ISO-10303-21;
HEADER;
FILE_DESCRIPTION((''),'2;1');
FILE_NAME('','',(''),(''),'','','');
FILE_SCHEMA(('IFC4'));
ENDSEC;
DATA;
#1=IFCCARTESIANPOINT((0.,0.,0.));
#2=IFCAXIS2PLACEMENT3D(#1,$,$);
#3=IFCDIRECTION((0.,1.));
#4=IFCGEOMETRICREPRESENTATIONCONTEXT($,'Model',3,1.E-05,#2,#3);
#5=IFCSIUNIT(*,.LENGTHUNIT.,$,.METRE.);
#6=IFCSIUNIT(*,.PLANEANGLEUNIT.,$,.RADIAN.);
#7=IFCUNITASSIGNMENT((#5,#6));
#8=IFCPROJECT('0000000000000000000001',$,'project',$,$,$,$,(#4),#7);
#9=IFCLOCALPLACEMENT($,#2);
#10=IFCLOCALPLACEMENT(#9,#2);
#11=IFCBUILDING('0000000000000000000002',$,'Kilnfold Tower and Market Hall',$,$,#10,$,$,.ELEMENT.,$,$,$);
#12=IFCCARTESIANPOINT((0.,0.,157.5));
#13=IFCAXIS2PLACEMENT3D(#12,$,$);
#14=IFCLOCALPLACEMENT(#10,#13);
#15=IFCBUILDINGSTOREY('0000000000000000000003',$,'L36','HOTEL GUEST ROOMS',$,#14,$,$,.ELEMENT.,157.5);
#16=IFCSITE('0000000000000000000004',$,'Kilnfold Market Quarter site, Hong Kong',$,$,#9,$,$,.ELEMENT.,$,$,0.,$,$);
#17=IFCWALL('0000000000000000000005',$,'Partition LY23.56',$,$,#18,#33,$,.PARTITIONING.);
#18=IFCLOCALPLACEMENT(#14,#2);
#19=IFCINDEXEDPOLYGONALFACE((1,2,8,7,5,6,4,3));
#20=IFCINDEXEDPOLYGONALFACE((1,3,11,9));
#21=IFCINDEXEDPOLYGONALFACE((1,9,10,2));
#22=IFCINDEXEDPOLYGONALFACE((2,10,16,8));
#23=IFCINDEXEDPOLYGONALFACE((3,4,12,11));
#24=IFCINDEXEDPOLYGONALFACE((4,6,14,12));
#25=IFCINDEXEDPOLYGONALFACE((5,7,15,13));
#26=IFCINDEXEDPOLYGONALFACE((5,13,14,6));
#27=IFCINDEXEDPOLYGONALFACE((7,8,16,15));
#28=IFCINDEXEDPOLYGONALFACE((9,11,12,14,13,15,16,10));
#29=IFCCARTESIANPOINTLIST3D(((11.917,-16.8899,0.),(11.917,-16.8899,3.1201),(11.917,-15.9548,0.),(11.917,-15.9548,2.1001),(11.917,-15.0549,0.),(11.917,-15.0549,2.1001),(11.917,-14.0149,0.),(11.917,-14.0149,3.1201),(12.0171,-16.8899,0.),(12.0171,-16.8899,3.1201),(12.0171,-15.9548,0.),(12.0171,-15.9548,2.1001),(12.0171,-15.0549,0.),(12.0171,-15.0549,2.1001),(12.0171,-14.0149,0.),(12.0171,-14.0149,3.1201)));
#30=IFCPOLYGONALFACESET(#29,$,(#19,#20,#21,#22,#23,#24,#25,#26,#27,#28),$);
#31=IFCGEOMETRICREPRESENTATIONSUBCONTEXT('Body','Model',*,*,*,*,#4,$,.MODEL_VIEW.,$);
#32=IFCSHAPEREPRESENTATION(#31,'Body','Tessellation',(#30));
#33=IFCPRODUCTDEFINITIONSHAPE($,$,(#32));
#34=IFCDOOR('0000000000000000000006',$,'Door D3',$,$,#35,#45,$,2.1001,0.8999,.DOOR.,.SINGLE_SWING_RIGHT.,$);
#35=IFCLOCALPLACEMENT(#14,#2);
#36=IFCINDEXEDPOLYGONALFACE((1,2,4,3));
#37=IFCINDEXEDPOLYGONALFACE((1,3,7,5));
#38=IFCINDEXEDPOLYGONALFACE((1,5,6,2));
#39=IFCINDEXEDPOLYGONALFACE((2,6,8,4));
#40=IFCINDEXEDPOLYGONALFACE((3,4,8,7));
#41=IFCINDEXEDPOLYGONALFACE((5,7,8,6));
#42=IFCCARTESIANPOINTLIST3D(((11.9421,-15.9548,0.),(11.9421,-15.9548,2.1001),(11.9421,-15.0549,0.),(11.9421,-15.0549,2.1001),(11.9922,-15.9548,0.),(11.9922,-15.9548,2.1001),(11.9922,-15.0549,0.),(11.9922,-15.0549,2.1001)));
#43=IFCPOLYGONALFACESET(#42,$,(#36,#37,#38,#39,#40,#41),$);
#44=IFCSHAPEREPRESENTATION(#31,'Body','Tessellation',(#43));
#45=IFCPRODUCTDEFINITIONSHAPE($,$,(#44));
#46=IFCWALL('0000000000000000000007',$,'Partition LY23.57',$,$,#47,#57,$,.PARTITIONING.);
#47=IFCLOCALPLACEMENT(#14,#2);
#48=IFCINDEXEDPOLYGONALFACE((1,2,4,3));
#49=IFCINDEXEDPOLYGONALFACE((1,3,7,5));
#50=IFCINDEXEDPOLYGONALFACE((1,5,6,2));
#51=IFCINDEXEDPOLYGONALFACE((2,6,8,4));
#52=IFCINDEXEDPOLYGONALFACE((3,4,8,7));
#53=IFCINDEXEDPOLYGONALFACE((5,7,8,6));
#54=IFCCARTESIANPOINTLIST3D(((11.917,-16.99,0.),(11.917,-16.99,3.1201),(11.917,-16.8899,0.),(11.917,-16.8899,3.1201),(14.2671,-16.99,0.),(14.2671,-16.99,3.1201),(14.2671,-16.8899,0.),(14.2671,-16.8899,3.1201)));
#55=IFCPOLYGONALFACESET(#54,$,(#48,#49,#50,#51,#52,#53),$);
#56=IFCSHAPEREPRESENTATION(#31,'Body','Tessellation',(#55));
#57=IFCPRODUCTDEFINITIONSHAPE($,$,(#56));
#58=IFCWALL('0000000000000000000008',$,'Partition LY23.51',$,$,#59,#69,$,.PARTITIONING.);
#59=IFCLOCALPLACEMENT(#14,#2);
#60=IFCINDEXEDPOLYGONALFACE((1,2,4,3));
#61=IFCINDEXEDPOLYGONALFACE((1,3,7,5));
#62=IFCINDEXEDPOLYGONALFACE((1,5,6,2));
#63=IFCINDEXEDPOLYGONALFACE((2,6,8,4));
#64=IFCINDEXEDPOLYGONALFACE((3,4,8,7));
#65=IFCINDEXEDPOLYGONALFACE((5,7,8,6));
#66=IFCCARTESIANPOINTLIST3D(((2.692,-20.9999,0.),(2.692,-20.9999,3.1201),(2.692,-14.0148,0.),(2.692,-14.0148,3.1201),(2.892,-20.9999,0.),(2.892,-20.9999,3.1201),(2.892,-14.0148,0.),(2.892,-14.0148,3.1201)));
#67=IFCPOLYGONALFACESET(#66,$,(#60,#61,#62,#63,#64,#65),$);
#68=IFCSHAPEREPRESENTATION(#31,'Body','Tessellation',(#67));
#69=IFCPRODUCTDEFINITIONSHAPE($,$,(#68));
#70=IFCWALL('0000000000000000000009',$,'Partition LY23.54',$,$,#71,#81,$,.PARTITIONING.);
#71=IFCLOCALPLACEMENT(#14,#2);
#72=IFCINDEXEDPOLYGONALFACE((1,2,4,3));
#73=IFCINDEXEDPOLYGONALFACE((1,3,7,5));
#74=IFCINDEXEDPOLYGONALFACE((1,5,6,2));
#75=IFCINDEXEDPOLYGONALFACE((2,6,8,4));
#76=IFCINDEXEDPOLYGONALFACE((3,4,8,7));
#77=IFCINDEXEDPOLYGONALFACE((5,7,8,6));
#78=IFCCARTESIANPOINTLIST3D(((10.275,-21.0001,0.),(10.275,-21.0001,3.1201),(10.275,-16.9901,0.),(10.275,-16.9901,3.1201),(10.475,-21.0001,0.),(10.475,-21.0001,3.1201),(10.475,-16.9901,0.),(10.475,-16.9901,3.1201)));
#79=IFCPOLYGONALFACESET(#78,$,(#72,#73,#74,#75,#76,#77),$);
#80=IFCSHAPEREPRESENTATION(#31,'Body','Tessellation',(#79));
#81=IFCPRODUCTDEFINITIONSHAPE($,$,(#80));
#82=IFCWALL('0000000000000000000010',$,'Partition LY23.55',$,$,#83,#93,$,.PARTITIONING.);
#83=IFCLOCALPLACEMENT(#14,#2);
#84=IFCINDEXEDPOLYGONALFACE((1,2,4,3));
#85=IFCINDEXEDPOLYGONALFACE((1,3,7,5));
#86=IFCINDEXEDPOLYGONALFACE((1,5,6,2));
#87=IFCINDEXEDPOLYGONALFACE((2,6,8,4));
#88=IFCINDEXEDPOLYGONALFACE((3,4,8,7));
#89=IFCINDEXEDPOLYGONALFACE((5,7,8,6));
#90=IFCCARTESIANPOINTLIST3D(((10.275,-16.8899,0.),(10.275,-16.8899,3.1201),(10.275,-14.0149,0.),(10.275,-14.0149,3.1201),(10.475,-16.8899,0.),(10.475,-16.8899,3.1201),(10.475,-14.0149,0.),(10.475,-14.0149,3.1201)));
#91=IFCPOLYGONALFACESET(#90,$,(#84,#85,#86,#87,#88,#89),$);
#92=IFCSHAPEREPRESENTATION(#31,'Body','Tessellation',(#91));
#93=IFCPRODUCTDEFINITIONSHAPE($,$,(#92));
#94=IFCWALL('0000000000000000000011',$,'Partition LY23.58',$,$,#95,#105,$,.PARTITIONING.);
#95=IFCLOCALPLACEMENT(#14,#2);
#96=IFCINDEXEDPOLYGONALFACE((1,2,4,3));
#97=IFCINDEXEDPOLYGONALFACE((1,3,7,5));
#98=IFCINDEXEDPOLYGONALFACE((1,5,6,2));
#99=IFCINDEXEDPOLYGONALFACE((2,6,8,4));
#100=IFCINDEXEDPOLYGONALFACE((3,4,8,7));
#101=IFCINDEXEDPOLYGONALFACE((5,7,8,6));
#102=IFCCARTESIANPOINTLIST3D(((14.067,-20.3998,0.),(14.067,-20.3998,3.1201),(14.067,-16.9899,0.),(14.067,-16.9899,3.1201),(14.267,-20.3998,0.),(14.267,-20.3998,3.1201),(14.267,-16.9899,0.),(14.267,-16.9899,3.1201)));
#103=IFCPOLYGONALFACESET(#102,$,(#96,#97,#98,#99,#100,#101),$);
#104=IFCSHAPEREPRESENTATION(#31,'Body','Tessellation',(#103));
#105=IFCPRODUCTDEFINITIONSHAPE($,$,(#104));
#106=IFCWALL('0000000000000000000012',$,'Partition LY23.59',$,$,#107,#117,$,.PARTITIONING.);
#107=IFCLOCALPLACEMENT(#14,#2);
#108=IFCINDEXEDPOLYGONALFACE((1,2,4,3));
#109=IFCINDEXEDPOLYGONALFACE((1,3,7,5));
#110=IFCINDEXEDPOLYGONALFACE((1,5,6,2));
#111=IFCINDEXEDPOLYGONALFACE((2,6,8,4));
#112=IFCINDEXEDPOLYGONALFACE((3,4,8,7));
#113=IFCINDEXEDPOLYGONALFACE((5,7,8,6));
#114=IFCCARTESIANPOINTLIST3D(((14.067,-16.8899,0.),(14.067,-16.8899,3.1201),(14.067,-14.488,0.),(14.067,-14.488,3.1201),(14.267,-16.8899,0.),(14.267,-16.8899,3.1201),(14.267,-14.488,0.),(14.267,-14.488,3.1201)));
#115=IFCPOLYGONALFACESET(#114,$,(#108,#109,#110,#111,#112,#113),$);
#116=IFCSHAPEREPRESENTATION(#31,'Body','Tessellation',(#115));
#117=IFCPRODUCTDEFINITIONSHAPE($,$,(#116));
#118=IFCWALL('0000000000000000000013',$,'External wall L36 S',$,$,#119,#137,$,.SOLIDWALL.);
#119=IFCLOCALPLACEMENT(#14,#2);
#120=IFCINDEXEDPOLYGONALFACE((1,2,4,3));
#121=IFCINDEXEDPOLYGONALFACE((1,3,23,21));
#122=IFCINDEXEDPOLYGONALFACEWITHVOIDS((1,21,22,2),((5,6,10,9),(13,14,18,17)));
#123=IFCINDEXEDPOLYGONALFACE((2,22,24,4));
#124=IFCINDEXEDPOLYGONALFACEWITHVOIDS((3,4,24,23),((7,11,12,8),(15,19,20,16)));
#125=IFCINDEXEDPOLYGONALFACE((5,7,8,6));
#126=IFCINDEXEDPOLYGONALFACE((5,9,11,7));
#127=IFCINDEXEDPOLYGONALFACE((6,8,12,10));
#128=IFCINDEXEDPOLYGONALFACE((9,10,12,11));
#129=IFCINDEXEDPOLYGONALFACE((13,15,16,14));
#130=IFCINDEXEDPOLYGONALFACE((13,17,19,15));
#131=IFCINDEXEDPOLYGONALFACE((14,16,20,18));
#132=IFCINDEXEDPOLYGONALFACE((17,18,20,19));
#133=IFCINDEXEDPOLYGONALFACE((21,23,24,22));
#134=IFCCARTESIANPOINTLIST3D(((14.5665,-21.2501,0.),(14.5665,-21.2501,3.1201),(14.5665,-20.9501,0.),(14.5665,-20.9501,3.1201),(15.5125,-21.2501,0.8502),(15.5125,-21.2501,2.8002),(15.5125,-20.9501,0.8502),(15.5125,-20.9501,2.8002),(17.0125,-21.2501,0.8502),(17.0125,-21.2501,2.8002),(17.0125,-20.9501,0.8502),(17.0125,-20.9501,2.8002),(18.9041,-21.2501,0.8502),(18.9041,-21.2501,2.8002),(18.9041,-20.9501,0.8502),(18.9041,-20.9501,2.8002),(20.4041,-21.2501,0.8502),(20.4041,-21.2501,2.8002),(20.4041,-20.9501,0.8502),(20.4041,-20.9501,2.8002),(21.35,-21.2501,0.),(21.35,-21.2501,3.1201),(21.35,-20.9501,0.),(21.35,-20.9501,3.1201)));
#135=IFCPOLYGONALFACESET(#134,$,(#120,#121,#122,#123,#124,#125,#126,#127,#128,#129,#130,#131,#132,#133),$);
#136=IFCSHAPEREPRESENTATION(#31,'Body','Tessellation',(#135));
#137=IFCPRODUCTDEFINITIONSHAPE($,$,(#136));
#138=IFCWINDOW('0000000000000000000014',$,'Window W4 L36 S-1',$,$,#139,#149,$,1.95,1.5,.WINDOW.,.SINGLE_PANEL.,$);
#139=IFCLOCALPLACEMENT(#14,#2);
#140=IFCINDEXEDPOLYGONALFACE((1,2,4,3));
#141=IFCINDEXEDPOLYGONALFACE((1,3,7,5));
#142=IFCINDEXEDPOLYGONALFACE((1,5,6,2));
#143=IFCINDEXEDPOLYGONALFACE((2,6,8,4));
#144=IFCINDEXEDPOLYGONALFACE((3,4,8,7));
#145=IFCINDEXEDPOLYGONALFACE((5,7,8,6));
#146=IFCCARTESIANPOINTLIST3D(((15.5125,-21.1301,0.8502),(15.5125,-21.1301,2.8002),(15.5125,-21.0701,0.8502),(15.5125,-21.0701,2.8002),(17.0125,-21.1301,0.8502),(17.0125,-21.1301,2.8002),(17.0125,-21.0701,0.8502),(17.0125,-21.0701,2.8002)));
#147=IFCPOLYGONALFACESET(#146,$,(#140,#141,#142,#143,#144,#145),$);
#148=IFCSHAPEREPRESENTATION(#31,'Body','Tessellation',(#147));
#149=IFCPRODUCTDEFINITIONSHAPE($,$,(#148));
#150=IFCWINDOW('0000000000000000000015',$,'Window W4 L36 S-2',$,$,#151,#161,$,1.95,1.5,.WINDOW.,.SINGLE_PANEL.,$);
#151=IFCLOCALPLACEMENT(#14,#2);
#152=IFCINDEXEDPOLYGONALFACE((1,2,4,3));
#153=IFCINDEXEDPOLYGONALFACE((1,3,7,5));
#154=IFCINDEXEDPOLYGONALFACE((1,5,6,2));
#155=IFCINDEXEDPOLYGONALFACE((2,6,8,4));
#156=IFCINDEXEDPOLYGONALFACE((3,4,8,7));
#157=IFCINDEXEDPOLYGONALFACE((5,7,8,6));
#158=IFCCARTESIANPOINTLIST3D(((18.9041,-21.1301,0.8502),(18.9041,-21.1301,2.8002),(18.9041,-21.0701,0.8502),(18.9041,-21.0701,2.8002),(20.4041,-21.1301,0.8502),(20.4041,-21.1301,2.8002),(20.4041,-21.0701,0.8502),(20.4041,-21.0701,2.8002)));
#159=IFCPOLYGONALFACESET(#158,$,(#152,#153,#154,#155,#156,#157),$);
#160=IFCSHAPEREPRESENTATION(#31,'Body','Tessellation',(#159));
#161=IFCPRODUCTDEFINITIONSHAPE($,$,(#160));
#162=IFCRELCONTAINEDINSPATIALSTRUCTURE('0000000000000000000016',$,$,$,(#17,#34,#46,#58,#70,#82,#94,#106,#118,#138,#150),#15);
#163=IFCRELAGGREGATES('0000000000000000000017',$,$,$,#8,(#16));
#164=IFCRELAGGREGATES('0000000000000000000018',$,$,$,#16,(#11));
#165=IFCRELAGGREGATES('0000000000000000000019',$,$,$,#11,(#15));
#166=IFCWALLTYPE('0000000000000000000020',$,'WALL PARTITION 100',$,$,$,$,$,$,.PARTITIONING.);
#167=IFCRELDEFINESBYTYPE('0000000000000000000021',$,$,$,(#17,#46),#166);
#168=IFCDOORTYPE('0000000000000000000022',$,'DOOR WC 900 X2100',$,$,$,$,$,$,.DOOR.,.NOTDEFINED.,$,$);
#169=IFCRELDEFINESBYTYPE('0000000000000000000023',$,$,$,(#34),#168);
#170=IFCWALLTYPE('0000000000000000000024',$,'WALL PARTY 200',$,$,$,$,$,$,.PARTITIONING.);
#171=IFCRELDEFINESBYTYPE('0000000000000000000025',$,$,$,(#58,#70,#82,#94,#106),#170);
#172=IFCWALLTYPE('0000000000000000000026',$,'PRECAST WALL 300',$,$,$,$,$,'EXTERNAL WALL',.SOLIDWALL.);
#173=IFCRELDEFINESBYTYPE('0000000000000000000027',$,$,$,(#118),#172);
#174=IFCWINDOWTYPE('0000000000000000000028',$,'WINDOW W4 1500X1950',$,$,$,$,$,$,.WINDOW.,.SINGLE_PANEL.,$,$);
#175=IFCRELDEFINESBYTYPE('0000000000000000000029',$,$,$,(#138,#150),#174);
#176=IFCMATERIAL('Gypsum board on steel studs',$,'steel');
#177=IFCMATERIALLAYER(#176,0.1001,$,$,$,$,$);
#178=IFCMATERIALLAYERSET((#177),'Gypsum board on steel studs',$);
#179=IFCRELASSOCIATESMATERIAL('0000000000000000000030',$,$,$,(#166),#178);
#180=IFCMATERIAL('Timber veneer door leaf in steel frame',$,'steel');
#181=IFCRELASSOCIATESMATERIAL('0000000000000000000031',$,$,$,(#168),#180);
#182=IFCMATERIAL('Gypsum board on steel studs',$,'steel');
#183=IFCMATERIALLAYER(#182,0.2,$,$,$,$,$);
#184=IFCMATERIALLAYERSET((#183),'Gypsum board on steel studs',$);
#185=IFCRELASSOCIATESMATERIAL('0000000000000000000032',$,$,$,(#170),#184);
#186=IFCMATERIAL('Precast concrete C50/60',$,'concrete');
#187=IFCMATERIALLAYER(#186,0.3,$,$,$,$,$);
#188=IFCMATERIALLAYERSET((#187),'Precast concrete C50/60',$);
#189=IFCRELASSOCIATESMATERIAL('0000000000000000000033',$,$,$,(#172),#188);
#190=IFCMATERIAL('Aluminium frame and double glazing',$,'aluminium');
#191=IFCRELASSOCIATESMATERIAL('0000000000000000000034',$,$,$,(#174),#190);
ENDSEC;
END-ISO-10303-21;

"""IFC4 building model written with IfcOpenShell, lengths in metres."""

from ifc_helpers import new_model, si_unit, direction, frame, frame_2d, origin, place, context, subcontext, project, spatial, rectangle, extrude, source, transform, mapped, material, layer, layer_set, type_object, element, fill, save


model = new_model("IFC4")

# Units and contexts
model_context = context("Model", 3, precision=1e-05, world=origin(), true_north=direction((0.0, 1.0)))
body_context = subcontext(model_context, "Body", "Model", "MODEL_VIEW")
ifc_project = project(units=[si_unit("LENGTHUNIT", "METRE"), si_unit("PLANEANGLEUNIT", "RADIAN")], contexts=[model_context])

# Site, building, storey
site_placement = place(None, origin())
site = spatial("IfcSite", under=ifc_project, at=site_placement, Name="Kilnfold Market Quarter site, Hong Kong", CompositionType="ELEMENT", RefElevation=0.0)
building_placement = place(site_placement, origin())
building = spatial("IfcBuilding", under=site, at=building_placement, Name="Kilnfold Tower and Market Hall", CompositionType="ELEMENT")
storey_placement = place(building_placement, frame((0.0, 0.0, 157.5)))
storey = spatial("IfcBuildingStorey", under=building, at=storey_placement, Name="L36", Description="HOTEL GUEST ROOMS", CompositionType="ELEMENT", Elevation=157.5)

# Shared definitions
ifc_material_1 = material(Name="Gypsum board on steel studs", Category="steel")
ifc_layer_1 = layer(ifc_material_1, 0.1001)
ifc_layer_set_1 = layer_set([ifc_layer_1], Name="Gypsum board on steel studs")
wall_type_1 = type_object("IfcWallType", Name="WALL PARTITION 100", PredefinedType="PARTITIONING", material=ifc_layer_set_1)
ifc_material_2 = material(Name="Timber veneer door leaf in steel frame", Category="steel")
door_type_1 = type_object("IfcDoorType", Name="DOOR WC 900 X2100", OperationType="NOTDEFINED", PredefinedType="DOOR", material=ifc_material_2)

# Wall, opening, door
wall_1_placement = place(storey_placement, frame((11.967, -16.8899, 0.0), z_axis=(0.0, 0.0, 1.0), x_axis=(0.0, 1.0, 0.0)))
wall_1 = element("IfcWall", 1, at=wall_1_placement, inside=storey, type_object=wall_type_1, Name="Partition LY23.56", PredefinedType="PARTITIONING", context=body_context, shape_type="SweptSolid", body=[
    extrude(rectangle(XDim=2.875, YDim=0.1001, at=frame_2d((1.4375, 0.0))), origin(), (0.0, 0.0, 1.0), 3.1201),
])
opening_1_placement = place(wall_1_placement, frame((0.9351, 0.0, 0.0)))
opening_1 = element("IfcOpeningElement", 2, at=opening_1_placement, cuts=wall_1, PredefinedType="OPENING", context=body_context, shape_type="SweptSolid", body=[
    extrude(rectangle(XDim=0.8999, YDim=2.1001, at=frame_2d((0.45, 1.05))), frame((0.0, 0.0601, 0.0), z_axis=(0.0, -1.0, 0.0), x_axis=(1.0, 0.0, 0.0)), (0.0, 0.0, 1.0), 0.1201),
])
door_1_placement = place(opening_1_placement, origin())
door_1 = element("IfcDoor", 3, at=door_1_placement, inside=storey, type_object=door_type_1, Name="Door D3", OperationType="SINGLE_SWING_RIGHT", OverallHeight=2.1001, OverallWidth=0.8999, PredefinedType="DOOR", context=body_context, shape_type="SweptSolid", body=[
    extrude(rectangle(XDim=0.8999, YDim=2.1001, at=frame_2d((0.45, 1.05))), frame((0.0, 0.0249, 0.0), z_axis=(0.0, -1.0, 0.0), x_axis=(1.0, 0.0, 0.0)), (0.0, 0.0, 1.0), 0.05),
])
fill(opening_1, door_1)

# Walls
wall_2_placement = place(storey_placement, frame((11.917, -16.9399, 0.0), z_axis=(0.0, 0.0, 1.0), x_axis=(1.0, 0.0, 0.0)))
element("IfcWall", 4, at=wall_2_placement, inside=storey, type_object=wall_type_1, Name="Partition LY23.57", PredefinedType="PARTITIONING", context=body_context, shape_type="SweptSolid", body=[
    extrude(rectangle(XDim=2.3501, YDim=0.1001, at=frame_2d((1.175, 0.0))), origin(), (0.0, 0.0, 1.0), 3.1201),
])
ifc_material_3 = material(Name="Gypsum board on steel studs", Category="steel")
ifc_layer_2 = layer(ifc_material_3, 0.2)
ifc_layer_set_2 = layer_set([ifc_layer_2], Name="Gypsum board on steel studs")
wall_type_2 = type_object("IfcWallType", Name="WALL PARTY 200", PredefinedType="PARTITIONING", material=ifc_layer_set_2)
wall_3_placement = place(storey_placement, frame((2.792, -21.0, 0.0), z_axis=(0.0, 0.0, 1.0), x_axis=(0.0, 1.0, 0.0)))
element("IfcWall", 5, at=wall_3_placement, inside=storey, type_object=wall_type_2, Name="Partition LY23.51", PredefinedType="PARTITIONING", context=body_context, shape_type="SweptSolid", body=[
    extrude(rectangle(XDim=6.9851, YDim=0.2, at=frame_2d((3.4927, 0.0))), origin(), (0.0, 0.0, 1.0), 3.1201),
])
wall_4_placement = place(storey_placement, frame((10.375, -21.0, 0.0), z_axis=(0.0, 0.0, 1.0), x_axis=(0.0, 1.0, 0.0)))
element("IfcWall", 6, at=wall_4_placement, inside=storey, type_object=wall_type_2, Name="Partition LY23.54", PredefinedType="PARTITIONING", context=body_context, shape_type="SweptSolid", body=[
    extrude(rectangle(XDim=4.01, YDim=0.2, at=frame_2d((2.0049, 0.0))), origin(), (0.0, 0.0, 1.0), 3.1201),
])
wall_5_placement = place(storey_placement, frame((10.375, -16.8899, 0.0), z_axis=(0.0, 0.0, 1.0), x_axis=(0.0, 1.0, 0.0)))
element("IfcWall", 7, at=wall_5_placement, inside=storey, type_object=wall_type_2, Name="Partition LY23.55", PredefinedType="PARTITIONING", context=body_context, shape_type="SweptSolid", body=[
    extrude(rectangle(XDim=2.875, YDim=0.2, at=frame_2d((1.4375, 0.0))), origin(), (0.0, 0.0, 1.0), 3.1201),
])
wall_6_placement = place(storey_placement, frame((14.167, -20.3999, 0.0), z_axis=(0.0, 0.0, 1.0), x_axis=(0.0, 1.0, 0.0)))
element("IfcWall", 8, at=wall_6_placement, inside=storey, type_object=wall_type_2, Name="Partition LY23.58", PredefinedType="PARTITIONING", context=body_context, shape_type="SweptSolid", body=[
    extrude(rectangle(XDim=3.4099, YDim=0.2, at=frame_2d((1.7051, 0.0))), origin(), (0.0, 0.0, 1.0), 3.1201),
])
wall_7_placement = place(storey_placement, frame((14.167, -16.8899, 0.0), z_axis=(0.0, 0.0, 1.0), x_axis=(0.0, 1.0, 0.0)))
element("IfcWall", 9, at=wall_7_placement, inside=storey, type_object=wall_type_2, Name="Partition LY23.59", PredefinedType="PARTITIONING", context=body_context, shape_type="SweptSolid", body=[
    extrude(rectangle(XDim=2.4019, YDim=0.2, at=frame_2d((1.2009, 0.0))), origin(), (0.0, 0.0, 1.0), 3.1201),
])

# Wall, openings, windows
ifc_material_4 = material(Name="Precast concrete C50/60", Category="concrete")
ifc_layer_3 = layer(ifc_material_4, 0.3)
ifc_layer_set_3 = layer_set([ifc_layer_3], Name="Precast concrete C50/60")
wall_type_3 = type_object("IfcWallType", Name="PRECAST WALL 300", ElementType="EXTERNAL WALL", PredefinedType="SOLIDWALL", material=ifc_layer_set_3)
shared_shape_1 = source(origin(), body_context, "Body", "SweptSolid", [
    extrude(rectangle(XDim=6.7834, YDim=0.3, at=frame_2d((3.3916, 0.0))), origin(), (0.0, 0.0, 1.0), 3.1201),
])
wall_8_placement = place(storey_placement, frame((14.5667, -21.1001, 0.0), z_axis=(0.0, 0.0, 1.0), x_axis=(1.0, 0.0, 0.0)))
wall_8 = element("IfcWall", 10, at=wall_8_placement, inside=storey, type_object=wall_type_3, Name="External wall L36 S", PredefinedType="SOLIDWALL", context=body_context, shape_type="MappedRepresentation", body=[
    mapped(shared_shape_1, transform((0.0, 0.0, 0.0))),
])
opening_2_placement = place(wall_8_placement, frame((0.9458, 0.0, 0.8501)))
opening_2 = element("IfcOpeningElement", 11, at=opening_2_placement, cuts=wall_8, PredefinedType="OPENING", context=body_context, shape_type="SweptSolid", body=[
    extrude(rectangle(XDim=1.5, YDim=1.95, at=frame_2d((0.75, 0.9751))), frame((0.0, 0.1602, 0.0), z_axis=(0.0, -1.0, 0.0), x_axis=(1.0, 0.0, 0.0)), (0.0, 0.0, 1.0), 0.3201),
])
opening_3_placement = place(wall_8_placement, frame((4.3374, 0.0, 0.8501)))
opening_3 = element("IfcOpeningElement", 12, at=opening_3_placement, cuts=wall_8, PredefinedType="OPENING", context=body_context, shape_type="SweptSolid", body=[
    extrude(rectangle(XDim=1.5, YDim=1.95, at=frame_2d((0.75, 0.9751))), frame((0.0, 0.1602, 0.0), z_axis=(0.0, -1.0, 0.0), x_axis=(1.0, 0.0, 0.0)), (0.0, 0.0, 1.0), 0.3201),
])
ifc_material_5 = material(Name="Aluminium frame and double glazing", Category="aluminium")
window_type = type_object("IfcWindowType", Name="WINDOW W4 1500X1950", PartitioningType="SINGLE_PANEL", PredefinedType="WINDOW", material=ifc_material_5)
window_1_placement = place(opening_2_placement, origin())
window_1 = element("IfcWindow", 13, at=window_1_placement, inside=storey, type_object=window_type, Name="Window W4 L36 S-1", OverallHeight=1.95, OverallWidth=1.5, PartitioningType="SINGLE_PANEL", PredefinedType="WINDOW", context=body_context, shape_type="SweptSolid", body=[
    extrude(rectangle(XDim=1.5, YDim=1.95, at=frame_2d((0.75, 0.9751))), frame((0.0, 0.03, 0.0), z_axis=(0.0, -1.0, 0.0), x_axis=(1.0, 0.0, 0.0)), (0.0, 0.0, 1.0), 0.0601),
])
fill(opening_2, window_1)
window_2_placement = place(opening_3_placement, origin())
window_2 = element("IfcWindow", 14, at=window_2_placement, inside=storey, type_object=window_type, Name="Window W4 L36 S-2", OverallHeight=1.95, OverallWidth=1.5, PartitioningType="SINGLE_PANEL", PredefinedType="WINDOW", context=body_context, shape_type="SweptSolid", body=[
    extrude(rectangle(XDim=1.5, YDim=1.95, at=frame_2d((0.75, 0.9751))), frame((0.0, 0.03, 0.0), z_axis=(0.0, -1.0, 0.0), x_axis=(1.0, 0.0, 0.0)), (0.0, 0.0, 1.0), 0.0601),
])
fill(opening_3, window_2)

save(model, "model.ifc")
